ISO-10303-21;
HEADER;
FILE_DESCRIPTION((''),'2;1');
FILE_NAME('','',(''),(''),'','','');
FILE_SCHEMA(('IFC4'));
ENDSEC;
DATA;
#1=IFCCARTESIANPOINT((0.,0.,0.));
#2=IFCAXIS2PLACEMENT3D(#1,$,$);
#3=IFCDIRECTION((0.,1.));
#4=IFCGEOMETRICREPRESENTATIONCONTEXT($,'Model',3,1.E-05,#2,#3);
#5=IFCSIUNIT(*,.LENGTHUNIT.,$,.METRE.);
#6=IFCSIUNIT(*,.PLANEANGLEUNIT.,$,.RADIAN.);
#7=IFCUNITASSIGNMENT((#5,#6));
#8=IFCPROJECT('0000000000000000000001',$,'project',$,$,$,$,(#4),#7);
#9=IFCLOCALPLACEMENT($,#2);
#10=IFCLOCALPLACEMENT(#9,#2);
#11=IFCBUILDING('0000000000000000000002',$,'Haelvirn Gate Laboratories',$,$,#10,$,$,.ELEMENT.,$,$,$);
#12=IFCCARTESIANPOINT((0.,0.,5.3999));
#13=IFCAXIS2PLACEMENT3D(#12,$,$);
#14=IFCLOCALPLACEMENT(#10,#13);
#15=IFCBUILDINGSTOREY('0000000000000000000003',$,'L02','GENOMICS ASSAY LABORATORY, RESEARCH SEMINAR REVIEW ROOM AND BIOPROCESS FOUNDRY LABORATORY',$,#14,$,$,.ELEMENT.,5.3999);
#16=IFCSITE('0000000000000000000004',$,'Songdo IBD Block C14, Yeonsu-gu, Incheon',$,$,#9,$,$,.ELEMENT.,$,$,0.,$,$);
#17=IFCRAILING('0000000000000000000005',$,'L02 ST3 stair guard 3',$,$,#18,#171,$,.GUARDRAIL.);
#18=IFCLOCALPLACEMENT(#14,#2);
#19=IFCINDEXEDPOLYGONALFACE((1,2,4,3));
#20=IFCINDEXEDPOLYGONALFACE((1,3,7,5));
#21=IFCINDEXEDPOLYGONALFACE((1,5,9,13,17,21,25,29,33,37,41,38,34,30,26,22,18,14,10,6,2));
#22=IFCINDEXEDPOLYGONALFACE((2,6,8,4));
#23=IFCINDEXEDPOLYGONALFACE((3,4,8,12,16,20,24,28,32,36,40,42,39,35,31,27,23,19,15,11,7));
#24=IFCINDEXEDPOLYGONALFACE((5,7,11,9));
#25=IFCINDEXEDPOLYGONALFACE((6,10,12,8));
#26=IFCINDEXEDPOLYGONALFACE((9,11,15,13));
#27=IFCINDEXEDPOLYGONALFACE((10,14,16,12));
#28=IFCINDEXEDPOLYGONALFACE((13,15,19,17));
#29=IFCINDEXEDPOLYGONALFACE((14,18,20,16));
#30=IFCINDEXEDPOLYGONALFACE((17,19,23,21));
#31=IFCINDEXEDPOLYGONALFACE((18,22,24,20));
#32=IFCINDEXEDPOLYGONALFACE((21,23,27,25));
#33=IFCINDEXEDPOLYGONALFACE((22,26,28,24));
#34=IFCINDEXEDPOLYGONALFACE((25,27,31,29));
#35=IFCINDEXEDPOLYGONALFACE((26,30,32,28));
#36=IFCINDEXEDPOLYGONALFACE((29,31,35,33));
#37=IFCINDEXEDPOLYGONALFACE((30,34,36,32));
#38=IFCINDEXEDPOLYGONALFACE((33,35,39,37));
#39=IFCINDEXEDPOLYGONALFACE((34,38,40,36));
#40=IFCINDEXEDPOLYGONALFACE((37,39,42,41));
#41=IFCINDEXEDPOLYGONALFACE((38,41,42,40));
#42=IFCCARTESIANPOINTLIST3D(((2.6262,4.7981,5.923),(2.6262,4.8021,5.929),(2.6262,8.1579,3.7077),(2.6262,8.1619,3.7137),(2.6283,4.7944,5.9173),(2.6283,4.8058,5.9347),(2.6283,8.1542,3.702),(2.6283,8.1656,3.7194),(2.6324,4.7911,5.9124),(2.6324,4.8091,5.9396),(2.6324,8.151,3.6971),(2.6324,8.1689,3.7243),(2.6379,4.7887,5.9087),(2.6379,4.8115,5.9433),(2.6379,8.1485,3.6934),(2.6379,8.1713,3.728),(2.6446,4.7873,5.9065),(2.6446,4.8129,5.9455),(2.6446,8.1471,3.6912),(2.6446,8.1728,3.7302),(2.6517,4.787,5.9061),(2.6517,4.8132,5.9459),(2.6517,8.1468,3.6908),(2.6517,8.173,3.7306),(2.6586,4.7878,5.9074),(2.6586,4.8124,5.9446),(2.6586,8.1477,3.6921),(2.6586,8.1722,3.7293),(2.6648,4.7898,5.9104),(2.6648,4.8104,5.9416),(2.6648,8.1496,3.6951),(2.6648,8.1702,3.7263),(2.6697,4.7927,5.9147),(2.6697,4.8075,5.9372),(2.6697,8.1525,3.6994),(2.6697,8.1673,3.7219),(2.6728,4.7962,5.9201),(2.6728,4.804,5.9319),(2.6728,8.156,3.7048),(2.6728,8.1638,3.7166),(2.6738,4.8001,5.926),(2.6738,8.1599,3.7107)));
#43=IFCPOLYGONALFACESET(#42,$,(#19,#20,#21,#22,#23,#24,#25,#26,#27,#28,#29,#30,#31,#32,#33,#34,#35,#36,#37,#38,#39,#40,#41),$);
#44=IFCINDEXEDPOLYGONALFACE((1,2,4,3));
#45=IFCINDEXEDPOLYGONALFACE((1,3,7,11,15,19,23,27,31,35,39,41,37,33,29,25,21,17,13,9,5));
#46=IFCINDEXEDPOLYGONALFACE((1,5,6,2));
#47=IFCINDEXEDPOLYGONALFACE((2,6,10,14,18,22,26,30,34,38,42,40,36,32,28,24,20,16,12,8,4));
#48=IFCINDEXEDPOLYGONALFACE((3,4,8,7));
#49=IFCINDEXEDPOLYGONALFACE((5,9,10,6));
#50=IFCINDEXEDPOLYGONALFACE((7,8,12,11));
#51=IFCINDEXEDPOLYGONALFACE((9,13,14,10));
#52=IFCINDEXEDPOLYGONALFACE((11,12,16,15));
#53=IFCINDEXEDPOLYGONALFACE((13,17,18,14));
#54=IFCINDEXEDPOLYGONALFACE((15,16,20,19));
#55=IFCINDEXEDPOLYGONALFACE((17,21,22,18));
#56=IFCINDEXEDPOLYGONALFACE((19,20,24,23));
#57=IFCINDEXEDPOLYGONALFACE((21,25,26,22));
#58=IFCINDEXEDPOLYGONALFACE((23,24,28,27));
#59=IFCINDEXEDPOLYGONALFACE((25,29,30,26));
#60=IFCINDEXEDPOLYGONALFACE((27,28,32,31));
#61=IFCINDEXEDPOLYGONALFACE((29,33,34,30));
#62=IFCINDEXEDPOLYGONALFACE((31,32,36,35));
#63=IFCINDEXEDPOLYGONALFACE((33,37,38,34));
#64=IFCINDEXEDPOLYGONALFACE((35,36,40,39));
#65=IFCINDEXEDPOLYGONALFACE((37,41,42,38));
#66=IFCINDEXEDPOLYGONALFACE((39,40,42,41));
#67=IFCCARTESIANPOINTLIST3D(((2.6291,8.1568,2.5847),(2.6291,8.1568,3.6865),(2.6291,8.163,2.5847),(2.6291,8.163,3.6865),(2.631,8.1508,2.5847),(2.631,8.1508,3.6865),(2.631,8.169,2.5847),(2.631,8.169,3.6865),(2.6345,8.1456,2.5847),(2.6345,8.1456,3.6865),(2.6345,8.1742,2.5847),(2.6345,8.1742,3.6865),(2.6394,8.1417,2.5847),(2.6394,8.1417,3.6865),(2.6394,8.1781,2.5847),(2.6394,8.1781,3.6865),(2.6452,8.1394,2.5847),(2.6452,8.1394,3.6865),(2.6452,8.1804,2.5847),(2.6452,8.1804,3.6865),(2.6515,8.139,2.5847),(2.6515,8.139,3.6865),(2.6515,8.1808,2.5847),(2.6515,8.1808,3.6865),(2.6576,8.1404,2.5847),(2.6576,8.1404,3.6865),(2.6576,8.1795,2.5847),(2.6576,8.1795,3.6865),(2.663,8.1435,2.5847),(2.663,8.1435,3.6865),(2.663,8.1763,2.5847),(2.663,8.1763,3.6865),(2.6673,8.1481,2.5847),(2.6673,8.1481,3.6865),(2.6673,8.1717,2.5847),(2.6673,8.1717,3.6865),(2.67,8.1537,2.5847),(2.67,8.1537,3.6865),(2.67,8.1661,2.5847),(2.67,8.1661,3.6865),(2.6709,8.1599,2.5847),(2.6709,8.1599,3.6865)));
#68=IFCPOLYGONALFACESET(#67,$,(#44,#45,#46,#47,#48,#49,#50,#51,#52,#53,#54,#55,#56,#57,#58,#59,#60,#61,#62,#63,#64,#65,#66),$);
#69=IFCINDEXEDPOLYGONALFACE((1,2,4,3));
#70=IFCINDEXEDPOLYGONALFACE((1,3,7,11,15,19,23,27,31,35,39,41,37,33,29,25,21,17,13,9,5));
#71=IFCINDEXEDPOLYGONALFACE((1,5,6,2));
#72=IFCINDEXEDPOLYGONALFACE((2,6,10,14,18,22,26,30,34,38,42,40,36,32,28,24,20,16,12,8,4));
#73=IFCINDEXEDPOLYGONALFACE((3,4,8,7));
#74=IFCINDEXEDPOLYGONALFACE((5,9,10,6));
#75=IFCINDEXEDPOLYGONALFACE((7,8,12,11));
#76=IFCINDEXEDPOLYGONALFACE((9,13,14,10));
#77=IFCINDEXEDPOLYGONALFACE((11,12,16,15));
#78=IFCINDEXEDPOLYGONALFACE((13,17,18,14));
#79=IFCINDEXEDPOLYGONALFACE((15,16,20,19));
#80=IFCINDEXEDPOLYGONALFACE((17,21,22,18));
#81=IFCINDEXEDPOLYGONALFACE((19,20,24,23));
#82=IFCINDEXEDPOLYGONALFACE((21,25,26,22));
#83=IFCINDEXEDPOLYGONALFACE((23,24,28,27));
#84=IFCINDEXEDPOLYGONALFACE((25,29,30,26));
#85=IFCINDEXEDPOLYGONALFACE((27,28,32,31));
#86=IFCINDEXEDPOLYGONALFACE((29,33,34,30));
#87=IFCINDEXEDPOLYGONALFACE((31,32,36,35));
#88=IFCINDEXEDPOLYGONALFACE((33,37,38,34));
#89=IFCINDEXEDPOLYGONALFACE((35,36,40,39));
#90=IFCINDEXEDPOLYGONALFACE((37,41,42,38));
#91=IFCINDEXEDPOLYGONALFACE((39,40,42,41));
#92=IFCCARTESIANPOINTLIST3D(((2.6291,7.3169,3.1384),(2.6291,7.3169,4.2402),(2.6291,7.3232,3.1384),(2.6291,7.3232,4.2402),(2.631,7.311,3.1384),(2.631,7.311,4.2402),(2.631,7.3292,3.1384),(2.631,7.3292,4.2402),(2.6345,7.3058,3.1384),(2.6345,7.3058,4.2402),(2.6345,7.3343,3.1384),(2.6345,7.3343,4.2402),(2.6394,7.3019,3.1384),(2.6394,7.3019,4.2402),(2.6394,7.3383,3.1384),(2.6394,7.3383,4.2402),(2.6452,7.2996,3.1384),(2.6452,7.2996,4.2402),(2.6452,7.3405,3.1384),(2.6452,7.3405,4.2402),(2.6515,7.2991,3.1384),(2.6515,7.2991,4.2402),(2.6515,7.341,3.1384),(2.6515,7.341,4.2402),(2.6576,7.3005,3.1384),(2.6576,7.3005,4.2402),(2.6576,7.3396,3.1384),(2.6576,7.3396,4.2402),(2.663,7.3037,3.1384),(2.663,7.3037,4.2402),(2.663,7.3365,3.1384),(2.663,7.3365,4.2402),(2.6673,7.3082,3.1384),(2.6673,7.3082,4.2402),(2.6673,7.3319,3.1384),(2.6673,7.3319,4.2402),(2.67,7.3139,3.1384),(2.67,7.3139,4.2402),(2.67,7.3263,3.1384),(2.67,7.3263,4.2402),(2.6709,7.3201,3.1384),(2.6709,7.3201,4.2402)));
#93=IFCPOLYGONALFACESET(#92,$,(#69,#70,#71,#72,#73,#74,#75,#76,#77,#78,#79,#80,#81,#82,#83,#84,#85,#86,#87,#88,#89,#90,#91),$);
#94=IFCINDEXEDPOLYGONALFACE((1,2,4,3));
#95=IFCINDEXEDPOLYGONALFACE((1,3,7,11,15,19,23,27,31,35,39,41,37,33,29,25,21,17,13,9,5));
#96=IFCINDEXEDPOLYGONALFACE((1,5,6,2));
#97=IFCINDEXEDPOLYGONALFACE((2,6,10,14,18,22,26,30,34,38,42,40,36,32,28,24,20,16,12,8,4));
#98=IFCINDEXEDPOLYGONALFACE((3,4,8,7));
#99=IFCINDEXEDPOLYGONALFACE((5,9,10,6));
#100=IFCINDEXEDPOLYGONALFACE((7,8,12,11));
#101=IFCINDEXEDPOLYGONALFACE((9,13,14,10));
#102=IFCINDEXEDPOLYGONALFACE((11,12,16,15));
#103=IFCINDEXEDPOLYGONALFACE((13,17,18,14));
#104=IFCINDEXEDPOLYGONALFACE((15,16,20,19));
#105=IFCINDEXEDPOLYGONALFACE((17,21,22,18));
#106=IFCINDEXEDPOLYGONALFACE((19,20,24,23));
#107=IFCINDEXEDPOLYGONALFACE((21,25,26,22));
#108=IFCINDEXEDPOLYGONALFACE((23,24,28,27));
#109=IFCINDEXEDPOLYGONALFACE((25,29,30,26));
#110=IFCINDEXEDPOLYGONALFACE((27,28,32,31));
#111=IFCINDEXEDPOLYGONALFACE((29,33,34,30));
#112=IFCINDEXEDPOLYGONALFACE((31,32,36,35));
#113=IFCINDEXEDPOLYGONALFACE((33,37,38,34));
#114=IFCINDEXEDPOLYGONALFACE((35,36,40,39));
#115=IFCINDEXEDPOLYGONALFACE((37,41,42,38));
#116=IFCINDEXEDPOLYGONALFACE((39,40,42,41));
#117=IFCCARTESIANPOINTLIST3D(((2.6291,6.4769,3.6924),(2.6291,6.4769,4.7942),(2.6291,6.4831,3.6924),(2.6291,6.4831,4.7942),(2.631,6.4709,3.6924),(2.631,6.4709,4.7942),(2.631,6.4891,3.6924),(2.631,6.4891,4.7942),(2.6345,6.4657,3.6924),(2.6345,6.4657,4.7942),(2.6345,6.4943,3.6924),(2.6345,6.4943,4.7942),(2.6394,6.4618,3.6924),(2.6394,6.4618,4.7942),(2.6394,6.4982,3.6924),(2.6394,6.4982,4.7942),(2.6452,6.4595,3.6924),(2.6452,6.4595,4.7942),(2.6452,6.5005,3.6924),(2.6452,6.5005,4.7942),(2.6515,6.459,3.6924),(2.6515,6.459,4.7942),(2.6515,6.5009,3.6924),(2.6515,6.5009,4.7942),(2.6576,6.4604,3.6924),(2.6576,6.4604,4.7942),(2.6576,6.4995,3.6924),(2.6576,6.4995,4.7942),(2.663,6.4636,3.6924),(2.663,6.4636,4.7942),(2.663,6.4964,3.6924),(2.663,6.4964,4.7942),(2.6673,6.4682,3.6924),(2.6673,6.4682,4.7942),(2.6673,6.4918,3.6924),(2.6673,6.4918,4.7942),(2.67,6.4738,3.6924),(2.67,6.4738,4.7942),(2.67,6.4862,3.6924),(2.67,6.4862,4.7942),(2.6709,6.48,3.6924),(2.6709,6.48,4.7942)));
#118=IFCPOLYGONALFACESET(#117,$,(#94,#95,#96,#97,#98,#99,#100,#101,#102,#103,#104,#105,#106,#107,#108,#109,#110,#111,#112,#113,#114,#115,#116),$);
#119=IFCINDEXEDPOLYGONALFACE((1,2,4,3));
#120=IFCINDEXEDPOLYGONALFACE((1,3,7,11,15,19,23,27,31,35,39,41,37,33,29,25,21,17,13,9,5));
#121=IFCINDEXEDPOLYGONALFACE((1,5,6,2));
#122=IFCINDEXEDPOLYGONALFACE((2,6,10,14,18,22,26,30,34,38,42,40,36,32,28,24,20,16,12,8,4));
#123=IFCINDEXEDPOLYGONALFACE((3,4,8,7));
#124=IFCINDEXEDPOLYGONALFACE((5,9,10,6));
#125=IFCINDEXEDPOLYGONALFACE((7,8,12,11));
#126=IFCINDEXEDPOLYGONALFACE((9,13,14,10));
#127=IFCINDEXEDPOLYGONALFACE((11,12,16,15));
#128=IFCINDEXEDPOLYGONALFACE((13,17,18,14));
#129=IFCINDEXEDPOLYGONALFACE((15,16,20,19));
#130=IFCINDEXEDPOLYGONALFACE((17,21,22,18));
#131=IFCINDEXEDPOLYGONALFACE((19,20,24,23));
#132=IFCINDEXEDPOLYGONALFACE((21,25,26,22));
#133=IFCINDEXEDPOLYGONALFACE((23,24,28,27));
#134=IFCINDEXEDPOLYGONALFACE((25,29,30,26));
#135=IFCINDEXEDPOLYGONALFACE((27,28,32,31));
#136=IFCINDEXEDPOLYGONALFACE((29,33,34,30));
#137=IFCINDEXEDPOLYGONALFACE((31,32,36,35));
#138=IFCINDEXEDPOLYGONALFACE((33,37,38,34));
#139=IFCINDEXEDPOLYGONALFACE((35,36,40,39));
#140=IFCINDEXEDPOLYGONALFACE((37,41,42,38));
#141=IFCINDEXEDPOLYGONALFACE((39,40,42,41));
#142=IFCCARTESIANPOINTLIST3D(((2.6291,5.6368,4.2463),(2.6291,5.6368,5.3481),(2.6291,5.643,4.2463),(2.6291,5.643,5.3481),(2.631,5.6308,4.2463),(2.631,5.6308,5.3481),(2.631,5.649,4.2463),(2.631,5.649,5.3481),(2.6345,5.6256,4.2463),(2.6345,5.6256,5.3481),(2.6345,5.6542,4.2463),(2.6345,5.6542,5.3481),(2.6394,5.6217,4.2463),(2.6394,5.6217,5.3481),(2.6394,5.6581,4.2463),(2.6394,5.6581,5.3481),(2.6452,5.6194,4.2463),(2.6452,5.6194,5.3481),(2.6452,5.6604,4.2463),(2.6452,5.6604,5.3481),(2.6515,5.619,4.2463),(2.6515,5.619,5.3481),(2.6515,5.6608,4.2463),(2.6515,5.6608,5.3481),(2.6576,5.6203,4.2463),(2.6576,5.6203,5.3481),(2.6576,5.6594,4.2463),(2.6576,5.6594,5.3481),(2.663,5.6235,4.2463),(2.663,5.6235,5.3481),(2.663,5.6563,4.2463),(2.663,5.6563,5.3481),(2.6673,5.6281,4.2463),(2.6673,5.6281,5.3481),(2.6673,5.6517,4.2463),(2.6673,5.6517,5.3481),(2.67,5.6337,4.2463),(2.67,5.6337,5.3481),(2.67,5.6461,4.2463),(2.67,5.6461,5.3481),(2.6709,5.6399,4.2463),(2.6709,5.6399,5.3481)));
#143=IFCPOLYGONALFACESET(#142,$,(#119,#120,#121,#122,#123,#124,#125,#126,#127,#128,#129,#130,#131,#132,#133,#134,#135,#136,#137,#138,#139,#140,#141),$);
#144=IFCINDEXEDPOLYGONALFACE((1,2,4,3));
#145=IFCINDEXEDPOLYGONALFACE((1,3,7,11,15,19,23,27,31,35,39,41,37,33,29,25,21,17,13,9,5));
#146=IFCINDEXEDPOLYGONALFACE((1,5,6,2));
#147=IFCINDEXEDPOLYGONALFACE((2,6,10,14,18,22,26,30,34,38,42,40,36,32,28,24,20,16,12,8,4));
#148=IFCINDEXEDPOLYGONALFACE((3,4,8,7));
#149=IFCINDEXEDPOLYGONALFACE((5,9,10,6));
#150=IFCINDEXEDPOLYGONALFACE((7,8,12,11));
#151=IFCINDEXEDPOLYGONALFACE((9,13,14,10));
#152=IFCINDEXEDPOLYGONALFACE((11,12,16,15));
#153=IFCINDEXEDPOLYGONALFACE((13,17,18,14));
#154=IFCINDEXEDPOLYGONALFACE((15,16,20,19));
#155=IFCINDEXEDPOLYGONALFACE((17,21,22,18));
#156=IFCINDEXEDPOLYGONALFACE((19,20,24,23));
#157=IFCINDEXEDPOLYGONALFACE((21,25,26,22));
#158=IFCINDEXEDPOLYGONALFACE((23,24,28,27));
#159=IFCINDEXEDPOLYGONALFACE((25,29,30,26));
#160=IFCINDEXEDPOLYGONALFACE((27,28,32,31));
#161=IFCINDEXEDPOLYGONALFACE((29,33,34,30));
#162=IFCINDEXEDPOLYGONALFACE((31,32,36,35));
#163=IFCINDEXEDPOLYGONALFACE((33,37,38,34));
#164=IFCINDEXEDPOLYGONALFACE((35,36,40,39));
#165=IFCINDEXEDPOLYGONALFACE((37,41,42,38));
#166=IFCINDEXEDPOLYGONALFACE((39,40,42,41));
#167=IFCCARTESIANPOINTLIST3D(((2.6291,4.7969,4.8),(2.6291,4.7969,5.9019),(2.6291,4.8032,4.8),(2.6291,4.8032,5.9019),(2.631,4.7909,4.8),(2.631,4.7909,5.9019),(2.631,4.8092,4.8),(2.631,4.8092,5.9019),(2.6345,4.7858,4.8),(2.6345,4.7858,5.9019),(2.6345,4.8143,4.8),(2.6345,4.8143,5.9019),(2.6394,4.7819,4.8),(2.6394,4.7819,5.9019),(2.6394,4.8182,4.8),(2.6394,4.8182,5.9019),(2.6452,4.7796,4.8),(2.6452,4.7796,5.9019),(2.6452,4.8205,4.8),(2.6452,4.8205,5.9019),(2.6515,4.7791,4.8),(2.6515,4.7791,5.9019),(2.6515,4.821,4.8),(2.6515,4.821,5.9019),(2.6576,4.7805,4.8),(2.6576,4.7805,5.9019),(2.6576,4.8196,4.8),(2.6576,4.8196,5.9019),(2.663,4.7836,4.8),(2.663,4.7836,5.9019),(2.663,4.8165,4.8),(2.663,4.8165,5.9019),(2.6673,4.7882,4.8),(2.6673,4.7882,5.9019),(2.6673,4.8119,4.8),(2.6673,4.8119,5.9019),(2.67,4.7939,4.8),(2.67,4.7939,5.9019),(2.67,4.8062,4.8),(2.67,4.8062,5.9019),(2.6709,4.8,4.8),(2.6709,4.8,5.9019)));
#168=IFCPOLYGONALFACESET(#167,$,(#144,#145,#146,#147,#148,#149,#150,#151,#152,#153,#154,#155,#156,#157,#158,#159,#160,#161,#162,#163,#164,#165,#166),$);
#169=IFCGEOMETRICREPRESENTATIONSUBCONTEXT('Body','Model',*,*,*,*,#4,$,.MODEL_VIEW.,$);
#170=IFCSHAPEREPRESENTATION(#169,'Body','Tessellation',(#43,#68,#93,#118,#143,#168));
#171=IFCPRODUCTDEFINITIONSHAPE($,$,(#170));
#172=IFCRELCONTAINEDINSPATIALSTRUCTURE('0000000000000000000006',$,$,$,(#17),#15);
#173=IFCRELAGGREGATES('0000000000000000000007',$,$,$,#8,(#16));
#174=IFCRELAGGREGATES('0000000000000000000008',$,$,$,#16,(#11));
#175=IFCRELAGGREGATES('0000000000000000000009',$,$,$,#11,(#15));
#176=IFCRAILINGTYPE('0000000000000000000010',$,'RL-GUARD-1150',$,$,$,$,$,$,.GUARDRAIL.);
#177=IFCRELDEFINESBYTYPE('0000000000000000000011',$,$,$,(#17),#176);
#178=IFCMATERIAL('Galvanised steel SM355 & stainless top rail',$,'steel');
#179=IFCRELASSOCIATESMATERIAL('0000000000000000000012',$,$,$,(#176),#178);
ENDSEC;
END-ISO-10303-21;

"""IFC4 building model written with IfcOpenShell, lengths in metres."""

from ifc_helpers import new_model, si_unit, direction, frame, origin, origin_2d, place, context, subcontext, project, spatial, circle, extrude, source, transform, mapped, material, type_object, element, save


model = new_model("IFC4")

# Units and contexts
model_context = context("Model", 3, precision=1e-05, world=origin(), true_north=direction((0.0, 1.0)))
body_context = subcontext(model_context, "Body", "Model", "MODEL_VIEW")
ifc_project = project(units=[si_unit("LENGTHUNIT", "METRE"), si_unit("PLANEANGLEUNIT", "RADIAN")], contexts=[model_context])

# Site, building, storey
site_placement = place(None, origin())
site = spatial("IfcSite", under=ifc_project, at=site_placement, Name="Songdo IBD Block C14, Yeonsu-gu, Incheon", CompositionType="ELEMENT", RefElevation=0.0)
building_placement = place(site_placement, origin())
building = spatial("IfcBuilding", under=site, at=building_placement, Name="Haelvirn Gate Laboratories", CompositionType="ELEMENT")
storey_placement = place(building_placement, frame((0.0, 0.0, 5.3999)))
storey = spatial("IfcBuildingStorey", under=building, at=storey_placement, Name="L02", Description="GENOMICS ASSAY LABORATORY, RESEARCH SEMINAR REVIEW ROOM AND BIOPROCESS FOUNDRY LABORATORY", CompositionType="ELEMENT", Elevation=5.3999)

# Railing
ifc_material_1 = material(Name="Galvanised steel SM355 & stainless top rail", Category="steel")
railing_type_1 = type_object("IfcRailingType", Name="RL-GUARD-1150", PredefinedType="GUARDRAIL", material=ifc_material_1)
shared_shape_1 = source(origin(), body_context, "Body", "SweptSolid", [
    extrude(circle(Radius=0.0239, at=origin_2d()), frame((0.0, 0.0, 1.126), z_axis=(0.0, -0.834858, 0.550465), x_axis=(1.0, 0.0, 0.0)), (0.0, 0.0, 1.0), 4.0244),
    extrude(circle(Radius=0.021, at=origin_2d()), origin(), (0.0, 0.0, 1.0), 1.1018),
    extrude(circle(Radius=0.021, at=origin_2d()), frame((0.0, -0.8398, 0.5537)), (0.0, 0.0, 1.0), 1.1018),
    extrude(circle(Radius=0.021, at=origin_2d()), frame((0.0, -1.6799, 1.1077)), (0.0, 0.0, 1.0), 1.1018),
    extrude(circle(Radius=0.021, at=origin_2d()), frame((0.0, -2.52, 1.6616)), (0.0, 0.0, 1.0), 1.1018),
    extrude(circle(Radius=0.021, at=origin_2d()), frame((0.0, -3.3599, 2.2153)), (0.0, 0.0, 1.0), 1.1018),
])
railing_1_placement = place(storey_placement, frame((2.6499, 8.1599, 2.5847)))
element("IfcRailing", 1, at=railing_1_placement, inside=storey, type_object=railing_type_1, Name="L02 ST3 stair guard 3", PredefinedType="GUARDRAIL", context=body_context, shape_type="MappedRepresentation", body=[
    mapped(shared_shape_1, transform((0.0, 0.0, 0.0), scale=1.0)),
])

save(model, "model.ifc")
